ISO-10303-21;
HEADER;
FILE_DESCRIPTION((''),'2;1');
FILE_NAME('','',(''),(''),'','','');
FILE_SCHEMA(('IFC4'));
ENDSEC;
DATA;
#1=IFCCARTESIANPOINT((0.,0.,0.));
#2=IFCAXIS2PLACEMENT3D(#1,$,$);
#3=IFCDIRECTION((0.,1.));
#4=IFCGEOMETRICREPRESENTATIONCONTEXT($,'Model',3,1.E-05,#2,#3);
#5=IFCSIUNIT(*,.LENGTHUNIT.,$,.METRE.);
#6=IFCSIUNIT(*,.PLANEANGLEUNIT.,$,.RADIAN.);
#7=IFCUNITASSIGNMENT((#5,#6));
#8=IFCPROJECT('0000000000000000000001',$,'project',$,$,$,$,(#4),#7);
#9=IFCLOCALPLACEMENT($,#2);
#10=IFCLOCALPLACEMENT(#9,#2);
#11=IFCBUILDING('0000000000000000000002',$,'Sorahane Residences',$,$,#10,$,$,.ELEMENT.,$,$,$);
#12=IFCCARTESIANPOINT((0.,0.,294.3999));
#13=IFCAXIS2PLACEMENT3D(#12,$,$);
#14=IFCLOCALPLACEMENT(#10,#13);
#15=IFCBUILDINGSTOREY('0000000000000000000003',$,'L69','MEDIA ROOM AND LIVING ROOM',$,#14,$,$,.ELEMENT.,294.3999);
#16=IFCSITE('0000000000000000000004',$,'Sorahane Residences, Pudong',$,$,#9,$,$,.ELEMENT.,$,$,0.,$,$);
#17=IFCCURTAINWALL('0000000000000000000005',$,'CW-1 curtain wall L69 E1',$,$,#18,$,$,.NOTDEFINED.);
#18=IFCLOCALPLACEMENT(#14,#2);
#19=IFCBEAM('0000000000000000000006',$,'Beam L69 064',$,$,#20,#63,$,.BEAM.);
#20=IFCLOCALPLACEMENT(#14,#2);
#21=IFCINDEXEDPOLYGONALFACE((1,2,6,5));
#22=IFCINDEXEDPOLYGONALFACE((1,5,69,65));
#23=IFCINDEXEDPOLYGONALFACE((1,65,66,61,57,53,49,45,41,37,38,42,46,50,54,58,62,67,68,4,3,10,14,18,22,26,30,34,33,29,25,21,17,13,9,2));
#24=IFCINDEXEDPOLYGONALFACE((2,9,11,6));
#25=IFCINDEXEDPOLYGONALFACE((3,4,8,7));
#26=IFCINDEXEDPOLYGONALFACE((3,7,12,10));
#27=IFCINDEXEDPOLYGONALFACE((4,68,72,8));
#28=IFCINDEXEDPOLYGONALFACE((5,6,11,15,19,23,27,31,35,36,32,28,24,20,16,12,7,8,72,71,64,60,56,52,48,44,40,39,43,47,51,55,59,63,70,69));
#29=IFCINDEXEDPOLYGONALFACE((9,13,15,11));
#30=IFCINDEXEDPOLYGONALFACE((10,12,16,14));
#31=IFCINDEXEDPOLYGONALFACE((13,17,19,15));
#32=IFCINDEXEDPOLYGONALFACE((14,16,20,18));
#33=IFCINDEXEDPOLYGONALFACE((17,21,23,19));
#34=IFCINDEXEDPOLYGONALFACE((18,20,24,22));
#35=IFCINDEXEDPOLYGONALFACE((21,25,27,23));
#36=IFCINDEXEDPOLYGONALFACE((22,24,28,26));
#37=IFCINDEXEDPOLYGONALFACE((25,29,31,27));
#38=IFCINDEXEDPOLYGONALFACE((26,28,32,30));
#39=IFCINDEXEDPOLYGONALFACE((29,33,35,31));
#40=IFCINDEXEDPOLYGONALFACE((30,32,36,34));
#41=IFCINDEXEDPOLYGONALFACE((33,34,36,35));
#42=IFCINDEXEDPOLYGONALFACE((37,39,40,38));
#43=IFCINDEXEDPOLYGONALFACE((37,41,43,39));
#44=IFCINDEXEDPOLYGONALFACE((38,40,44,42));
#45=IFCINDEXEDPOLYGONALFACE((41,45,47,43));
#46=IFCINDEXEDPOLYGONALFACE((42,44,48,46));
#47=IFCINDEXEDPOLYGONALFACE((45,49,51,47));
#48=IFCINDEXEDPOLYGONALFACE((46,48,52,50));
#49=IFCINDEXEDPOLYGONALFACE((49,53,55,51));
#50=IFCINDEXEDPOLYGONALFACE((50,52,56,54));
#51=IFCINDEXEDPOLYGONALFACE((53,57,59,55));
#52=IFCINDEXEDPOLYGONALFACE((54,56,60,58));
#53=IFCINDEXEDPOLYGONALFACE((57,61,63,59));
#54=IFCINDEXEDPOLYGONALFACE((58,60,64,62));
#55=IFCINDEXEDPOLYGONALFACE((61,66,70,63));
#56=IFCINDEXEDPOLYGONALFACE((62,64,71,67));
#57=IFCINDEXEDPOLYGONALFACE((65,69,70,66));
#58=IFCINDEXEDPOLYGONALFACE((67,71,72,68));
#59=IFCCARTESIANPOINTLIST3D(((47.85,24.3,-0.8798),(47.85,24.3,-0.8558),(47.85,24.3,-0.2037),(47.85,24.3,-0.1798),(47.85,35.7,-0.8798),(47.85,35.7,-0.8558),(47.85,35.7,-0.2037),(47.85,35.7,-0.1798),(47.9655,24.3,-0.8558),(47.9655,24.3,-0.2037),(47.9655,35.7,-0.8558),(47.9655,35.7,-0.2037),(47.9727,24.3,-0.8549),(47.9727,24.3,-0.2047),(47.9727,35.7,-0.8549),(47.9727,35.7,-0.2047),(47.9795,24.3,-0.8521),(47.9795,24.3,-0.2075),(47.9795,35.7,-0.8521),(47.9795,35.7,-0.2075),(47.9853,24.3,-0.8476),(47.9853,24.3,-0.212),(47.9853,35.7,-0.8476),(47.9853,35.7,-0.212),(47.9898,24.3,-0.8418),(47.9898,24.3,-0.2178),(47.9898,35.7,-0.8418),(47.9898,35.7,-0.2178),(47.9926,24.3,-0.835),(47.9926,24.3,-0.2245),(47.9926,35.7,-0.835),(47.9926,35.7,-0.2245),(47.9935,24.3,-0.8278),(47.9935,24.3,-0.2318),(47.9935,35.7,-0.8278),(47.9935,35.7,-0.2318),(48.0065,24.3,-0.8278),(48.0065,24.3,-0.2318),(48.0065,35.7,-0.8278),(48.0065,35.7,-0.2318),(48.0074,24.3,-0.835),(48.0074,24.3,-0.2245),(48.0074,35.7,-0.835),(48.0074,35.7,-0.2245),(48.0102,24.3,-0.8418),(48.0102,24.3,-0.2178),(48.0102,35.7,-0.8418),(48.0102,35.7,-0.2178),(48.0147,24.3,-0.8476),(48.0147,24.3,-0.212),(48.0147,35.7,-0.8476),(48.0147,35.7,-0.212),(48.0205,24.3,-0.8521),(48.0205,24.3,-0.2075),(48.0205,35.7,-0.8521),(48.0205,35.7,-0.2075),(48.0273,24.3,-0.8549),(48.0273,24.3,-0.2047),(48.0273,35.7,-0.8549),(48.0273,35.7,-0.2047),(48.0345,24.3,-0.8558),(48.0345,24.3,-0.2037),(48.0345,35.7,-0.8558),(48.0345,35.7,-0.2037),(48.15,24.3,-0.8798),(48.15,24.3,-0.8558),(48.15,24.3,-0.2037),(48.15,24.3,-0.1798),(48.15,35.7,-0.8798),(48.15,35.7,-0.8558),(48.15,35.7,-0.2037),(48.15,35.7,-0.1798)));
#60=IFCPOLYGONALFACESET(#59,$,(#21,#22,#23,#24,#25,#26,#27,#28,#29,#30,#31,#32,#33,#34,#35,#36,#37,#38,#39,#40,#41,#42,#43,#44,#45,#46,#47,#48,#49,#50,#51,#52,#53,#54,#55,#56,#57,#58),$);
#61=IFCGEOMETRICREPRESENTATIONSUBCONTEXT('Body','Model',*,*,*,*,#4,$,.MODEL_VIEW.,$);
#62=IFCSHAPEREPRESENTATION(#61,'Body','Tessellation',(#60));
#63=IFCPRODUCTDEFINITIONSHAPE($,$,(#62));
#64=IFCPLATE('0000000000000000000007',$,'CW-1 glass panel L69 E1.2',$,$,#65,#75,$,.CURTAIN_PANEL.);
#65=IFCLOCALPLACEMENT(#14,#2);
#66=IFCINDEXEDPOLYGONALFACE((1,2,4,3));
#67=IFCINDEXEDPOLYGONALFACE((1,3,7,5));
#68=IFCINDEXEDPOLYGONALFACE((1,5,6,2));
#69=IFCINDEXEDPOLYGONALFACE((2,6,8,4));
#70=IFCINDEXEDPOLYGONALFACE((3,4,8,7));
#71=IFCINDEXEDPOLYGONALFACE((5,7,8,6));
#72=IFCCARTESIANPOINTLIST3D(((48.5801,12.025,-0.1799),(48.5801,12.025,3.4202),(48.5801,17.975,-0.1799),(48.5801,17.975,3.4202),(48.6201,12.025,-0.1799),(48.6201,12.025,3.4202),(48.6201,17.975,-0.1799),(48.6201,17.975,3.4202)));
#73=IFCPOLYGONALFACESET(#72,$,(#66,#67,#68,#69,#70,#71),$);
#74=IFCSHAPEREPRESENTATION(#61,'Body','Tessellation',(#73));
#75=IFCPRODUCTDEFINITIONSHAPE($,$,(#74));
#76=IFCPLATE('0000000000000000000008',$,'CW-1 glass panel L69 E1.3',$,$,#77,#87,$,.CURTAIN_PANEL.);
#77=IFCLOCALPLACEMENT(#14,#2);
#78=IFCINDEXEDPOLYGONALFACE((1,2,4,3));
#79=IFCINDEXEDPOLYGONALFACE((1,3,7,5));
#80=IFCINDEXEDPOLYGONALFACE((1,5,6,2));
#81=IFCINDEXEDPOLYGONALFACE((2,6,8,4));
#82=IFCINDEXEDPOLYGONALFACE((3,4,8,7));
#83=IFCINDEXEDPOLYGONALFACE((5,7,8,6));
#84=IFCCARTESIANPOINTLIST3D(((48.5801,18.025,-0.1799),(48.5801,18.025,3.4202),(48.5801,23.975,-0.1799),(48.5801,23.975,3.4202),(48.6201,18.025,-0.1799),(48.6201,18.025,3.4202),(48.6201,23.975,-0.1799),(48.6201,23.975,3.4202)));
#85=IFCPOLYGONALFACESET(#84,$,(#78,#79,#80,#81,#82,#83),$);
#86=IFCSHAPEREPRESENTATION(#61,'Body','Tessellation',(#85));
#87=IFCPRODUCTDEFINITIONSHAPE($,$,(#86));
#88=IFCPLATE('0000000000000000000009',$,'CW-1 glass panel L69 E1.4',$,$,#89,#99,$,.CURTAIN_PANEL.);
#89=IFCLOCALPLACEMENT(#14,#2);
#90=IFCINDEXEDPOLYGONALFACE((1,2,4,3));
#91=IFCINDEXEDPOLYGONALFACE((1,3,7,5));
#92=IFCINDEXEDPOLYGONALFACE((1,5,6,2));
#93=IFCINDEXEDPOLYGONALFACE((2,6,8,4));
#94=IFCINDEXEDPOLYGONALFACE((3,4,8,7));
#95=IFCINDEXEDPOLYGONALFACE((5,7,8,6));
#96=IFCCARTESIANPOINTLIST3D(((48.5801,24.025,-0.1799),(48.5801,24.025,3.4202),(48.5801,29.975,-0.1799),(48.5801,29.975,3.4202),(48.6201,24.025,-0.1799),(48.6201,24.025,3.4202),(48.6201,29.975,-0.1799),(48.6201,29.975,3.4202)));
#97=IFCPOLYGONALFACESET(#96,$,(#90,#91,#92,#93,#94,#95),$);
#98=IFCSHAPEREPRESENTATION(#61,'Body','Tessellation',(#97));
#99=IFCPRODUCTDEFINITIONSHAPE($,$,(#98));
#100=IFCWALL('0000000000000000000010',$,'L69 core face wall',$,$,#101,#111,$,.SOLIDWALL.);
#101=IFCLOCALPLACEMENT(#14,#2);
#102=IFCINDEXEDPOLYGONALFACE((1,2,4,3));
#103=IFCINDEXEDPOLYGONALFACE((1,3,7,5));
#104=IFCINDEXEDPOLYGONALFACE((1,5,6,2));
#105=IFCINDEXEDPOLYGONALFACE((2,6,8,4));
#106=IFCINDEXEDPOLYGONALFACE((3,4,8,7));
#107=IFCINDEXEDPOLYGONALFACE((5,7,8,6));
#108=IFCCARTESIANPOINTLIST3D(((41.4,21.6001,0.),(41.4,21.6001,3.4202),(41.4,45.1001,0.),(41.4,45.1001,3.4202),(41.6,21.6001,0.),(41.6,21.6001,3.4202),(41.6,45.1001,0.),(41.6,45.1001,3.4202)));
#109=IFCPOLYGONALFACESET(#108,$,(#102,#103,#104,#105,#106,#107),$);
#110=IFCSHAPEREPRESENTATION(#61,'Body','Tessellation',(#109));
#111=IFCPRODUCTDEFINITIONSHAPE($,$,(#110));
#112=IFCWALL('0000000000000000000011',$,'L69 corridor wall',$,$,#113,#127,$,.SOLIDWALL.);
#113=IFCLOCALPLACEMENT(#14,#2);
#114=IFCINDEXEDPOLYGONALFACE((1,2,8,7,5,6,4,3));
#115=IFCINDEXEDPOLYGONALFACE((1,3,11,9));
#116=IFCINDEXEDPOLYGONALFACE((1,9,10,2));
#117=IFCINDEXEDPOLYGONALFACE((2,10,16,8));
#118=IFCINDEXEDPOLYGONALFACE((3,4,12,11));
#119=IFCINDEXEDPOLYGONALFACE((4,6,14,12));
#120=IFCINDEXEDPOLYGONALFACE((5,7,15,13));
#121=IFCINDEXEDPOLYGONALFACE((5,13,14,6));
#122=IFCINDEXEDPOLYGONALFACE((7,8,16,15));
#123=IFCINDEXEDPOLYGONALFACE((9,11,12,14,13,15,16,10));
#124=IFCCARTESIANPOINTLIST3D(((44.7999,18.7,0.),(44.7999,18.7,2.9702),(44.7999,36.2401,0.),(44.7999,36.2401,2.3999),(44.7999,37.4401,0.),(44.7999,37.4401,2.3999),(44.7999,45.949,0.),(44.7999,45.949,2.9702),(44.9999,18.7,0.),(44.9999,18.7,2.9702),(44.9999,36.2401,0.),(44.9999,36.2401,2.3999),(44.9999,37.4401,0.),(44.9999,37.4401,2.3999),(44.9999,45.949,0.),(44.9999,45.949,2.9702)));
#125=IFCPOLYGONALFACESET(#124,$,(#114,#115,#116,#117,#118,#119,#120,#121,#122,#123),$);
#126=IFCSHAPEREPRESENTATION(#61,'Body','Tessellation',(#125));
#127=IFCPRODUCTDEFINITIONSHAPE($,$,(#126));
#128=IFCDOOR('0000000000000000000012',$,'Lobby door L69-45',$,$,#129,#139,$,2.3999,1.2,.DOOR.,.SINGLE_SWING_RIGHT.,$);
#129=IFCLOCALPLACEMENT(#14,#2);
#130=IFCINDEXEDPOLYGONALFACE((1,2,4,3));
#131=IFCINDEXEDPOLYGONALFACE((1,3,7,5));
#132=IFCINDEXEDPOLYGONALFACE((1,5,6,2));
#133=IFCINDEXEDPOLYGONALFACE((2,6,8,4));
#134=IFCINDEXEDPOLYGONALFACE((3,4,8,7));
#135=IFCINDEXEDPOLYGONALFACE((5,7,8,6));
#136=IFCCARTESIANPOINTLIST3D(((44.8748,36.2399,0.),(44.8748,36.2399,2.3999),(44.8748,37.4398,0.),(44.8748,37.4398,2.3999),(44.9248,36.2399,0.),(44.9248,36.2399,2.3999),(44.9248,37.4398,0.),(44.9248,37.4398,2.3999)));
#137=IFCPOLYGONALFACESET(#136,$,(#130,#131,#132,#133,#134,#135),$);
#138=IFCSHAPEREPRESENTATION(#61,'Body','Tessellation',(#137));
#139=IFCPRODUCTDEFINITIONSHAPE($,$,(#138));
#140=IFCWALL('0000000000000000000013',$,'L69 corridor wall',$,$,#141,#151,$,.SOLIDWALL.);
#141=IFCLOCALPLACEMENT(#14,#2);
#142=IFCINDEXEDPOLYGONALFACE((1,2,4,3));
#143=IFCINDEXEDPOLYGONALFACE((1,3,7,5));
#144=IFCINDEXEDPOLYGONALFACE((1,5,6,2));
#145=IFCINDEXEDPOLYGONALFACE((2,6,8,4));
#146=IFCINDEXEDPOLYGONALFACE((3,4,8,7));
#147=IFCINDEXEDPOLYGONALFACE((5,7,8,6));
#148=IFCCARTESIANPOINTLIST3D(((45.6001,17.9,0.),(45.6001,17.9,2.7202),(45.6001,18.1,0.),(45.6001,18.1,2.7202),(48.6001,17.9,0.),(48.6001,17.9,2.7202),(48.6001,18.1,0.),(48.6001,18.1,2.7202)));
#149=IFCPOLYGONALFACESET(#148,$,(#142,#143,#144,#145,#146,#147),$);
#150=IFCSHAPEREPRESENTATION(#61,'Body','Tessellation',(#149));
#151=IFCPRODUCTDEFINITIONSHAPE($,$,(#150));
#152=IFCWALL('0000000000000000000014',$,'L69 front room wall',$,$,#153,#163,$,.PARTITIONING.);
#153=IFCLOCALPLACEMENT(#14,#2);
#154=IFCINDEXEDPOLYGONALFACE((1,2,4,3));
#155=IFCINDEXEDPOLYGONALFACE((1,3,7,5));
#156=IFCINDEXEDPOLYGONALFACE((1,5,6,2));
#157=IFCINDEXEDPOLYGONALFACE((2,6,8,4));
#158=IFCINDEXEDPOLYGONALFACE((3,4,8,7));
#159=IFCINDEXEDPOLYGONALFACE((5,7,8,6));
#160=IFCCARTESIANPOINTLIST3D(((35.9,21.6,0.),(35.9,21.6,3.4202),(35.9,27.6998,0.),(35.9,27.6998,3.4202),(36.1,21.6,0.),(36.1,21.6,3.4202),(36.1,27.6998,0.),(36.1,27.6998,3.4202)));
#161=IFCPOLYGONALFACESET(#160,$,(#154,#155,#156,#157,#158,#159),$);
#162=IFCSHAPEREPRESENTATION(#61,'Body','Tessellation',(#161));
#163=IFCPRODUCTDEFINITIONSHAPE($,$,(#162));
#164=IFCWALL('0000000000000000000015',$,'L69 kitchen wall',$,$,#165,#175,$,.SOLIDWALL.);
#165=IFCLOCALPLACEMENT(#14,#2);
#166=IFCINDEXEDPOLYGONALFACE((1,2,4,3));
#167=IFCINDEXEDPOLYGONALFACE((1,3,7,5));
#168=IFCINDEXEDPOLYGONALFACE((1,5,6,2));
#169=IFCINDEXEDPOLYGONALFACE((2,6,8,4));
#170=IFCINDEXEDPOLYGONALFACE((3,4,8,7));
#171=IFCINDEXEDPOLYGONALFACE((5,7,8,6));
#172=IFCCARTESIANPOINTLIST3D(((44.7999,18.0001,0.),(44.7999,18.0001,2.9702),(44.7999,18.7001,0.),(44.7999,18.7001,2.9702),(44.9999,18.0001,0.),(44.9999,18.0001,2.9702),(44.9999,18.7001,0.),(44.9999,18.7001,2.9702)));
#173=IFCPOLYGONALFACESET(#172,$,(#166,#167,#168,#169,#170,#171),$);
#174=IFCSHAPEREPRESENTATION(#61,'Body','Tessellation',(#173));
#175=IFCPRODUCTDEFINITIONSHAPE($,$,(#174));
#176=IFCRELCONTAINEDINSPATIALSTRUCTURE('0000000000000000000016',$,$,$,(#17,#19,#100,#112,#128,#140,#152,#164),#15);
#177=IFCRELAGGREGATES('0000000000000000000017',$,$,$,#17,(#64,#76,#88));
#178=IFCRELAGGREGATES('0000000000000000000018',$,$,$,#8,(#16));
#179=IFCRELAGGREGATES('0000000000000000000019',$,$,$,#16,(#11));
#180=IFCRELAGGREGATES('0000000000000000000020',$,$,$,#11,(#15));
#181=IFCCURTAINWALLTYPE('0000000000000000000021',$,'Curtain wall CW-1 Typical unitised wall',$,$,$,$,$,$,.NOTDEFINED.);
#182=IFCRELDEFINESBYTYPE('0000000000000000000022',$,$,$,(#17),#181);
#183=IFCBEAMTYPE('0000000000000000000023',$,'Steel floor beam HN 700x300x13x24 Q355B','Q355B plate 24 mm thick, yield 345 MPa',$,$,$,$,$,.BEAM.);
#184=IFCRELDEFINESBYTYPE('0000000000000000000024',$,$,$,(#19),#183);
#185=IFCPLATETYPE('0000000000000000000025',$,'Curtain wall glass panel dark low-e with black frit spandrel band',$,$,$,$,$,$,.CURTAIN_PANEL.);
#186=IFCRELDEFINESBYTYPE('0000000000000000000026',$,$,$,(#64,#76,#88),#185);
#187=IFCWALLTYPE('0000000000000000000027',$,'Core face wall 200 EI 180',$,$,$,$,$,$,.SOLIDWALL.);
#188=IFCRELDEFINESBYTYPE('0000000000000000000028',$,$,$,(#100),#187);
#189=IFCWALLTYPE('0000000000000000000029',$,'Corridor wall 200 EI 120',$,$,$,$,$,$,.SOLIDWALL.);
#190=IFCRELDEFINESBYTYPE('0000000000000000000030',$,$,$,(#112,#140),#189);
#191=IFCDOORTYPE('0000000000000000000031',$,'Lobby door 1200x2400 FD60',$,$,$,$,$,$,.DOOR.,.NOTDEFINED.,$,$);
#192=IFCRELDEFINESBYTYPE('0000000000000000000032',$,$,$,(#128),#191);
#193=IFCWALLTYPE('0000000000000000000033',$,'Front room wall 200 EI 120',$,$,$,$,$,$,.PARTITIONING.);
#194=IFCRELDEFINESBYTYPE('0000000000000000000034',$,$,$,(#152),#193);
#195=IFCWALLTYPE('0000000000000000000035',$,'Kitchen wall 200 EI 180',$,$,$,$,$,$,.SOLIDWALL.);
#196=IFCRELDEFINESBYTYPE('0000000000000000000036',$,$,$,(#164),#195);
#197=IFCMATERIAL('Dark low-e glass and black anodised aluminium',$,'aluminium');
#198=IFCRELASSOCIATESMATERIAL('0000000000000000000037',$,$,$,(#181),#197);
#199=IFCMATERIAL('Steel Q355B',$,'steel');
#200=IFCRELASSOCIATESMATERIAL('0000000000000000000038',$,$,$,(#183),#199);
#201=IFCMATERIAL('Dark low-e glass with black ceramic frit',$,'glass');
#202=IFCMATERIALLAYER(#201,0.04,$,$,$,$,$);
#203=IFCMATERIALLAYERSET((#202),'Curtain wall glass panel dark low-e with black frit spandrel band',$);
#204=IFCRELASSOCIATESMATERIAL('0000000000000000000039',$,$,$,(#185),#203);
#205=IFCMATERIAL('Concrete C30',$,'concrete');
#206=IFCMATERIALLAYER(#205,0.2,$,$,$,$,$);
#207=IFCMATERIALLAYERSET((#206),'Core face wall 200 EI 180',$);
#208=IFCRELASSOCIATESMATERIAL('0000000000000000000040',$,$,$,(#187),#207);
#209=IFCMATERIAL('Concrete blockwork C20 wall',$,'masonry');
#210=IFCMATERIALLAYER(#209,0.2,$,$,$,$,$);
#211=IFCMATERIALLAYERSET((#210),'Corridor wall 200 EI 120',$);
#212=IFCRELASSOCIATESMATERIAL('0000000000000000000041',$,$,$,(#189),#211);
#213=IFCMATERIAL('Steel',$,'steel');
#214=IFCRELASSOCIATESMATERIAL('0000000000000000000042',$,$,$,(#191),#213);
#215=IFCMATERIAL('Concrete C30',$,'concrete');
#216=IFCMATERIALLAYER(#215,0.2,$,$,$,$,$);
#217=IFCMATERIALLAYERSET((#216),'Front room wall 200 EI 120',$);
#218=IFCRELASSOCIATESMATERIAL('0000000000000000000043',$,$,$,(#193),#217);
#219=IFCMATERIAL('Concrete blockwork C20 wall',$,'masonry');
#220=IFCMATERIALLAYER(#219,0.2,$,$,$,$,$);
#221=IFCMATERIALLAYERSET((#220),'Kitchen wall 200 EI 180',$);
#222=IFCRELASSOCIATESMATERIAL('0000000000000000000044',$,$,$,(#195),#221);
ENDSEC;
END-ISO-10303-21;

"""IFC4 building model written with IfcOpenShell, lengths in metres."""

from ifc_helpers import new_model, si_unit, direction, frame, frame_2d, origin, origin_2d, place, context, subcontext, project, spatial, rectangle, i_section, extrude, material, layer, layer_set, material_profile, profile_set, type_object, element, fill, aggregate, save


model = new_model("IFC4")

# Units and contexts
model_context = context("Model", 3, precision=1e-05, world=origin(), true_north=direction((0.0, 1.0)))
body_context = subcontext(model_context, "Body", "Model", "MODEL_VIEW")
ifc_project = project(units=[si_unit("LENGTHUNIT", "METRE"), si_unit("PLANEANGLEUNIT", "RADIAN")], contexts=[model_context])

# Site, building, storey
site_placement = place(None, origin())
site = spatial("IfcSite", under=ifc_project, at=site_placement, Name="Sorahane Residences, Pudong", CompositionType="ELEMENT", RefElevation=0.0)
building_placement = place(site_placement, origin())
building = spatial("IfcBuilding", under=site, at=building_placement, Name="Sorahane Residences", CompositionType="ELEMENT")
storey_placement = place(building_placement, frame((0.0, 0.0, 294.3999)))
storey = spatial("IfcBuildingStorey", under=building, at=storey_placement, Name="L69", Description="MEDIA ROOM AND LIVING ROOM", CompositionType="ELEMENT", Elevation=294.3999)

# Curtain wall
ifc_material_1 = material(Name="Dark low-e glass and black anodised aluminium", Category="aluminium")
curtain_wall_type = type_object("IfcCurtainWallType", Name="Curtain wall CW-1 Typical unitised wall", PredefinedType="NOTDEFINED", material=ifc_material_1)
curtain_wall_placement = place(storey_placement, origin())
curtain_wall = element("IfcCurtainWall", 1, at=curtain_wall_placement, inside=storey, type_object=curtain_wall_type, Name="CW-1 curtain wall L69 E1", PredefinedType="NOTDEFINED")

# Beam
ifc_material_2 = material(Name="Steel Q355B", Category="steel")
ifc_material_profile_1 = material_profile(ifc_material_2, i_section(OverallWidth=0.3, OverallDepth=0.7, WebThickness=0.0129, FlangeThickness=0.0239, FilletRadius=0.0281, at=origin_2d()), Name="HN 700x300x13x24")
ifc_profile_set_1 = profile_set([ifc_material_profile_1], Name="Steel Q355B")
beam_type_1 = type_object("IfcBeamType", Name="Steel floor beam HN 700x300x13x24 Q355B", Description="Q355B plate 24 mm thick, yield 345 MPa", PredefinedType="BEAM", material=ifc_profile_set_1)
beam_1_placement = place(storey_placement, frame((48.0, 24.3, -0.5298), z_axis=(0.0, 1.0, 0.0), x_axis=(-1.0, 0.0, 0.0)))
element("IfcBeam", 2, at=beam_1_placement, inside=storey, type_object=beam_type_1, Name="Beam L69 064", PredefinedType="BEAM", context=body_context, shape_type="SweptSolid", body=[
    extrude(i_section(OverallWidth=0.3, OverallDepth=0.7, WebThickness=0.0129, FlangeThickness=0.0239, FilletRadius=0.0281, at=origin_2d()), origin(), (0.0, 0.0, 1.0), 11.3999),
])

# Plates
ifc_material_3 = material(Name="Dark low-e glass with black ceramic frit", Category="glass")
ifc_layer_1 = layer(ifc_material_3, 0.04)
ifc_layer_set_1 = layer_set([ifc_layer_1], Name="Curtain wall glass panel dark low-e with black frit spandrel band")
plate_type = type_object("IfcPlateType", Name="Curtain wall glass panel dark low-e with black frit spandrel band", PredefinedType="CURTAIN_PANEL", material=ifc_layer_set_1)
plate_1_placement = place(storey_placement, frame((48.6001, 15.0, -0.1799), z_axis=(0.0, 0.0, 1.0), x_axis=(0.0, 1.0, 0.0)))
plate_1 = element("IfcPlate", 3, at=plate_1_placement, type_object=plate_type, Name="CW-1 glass panel L69 E1.2", PredefinedType="CURTAIN_PANEL", context=body_context, shape_type="SweptSolid", body=[
    extrude(rectangle(XDim=5.95, YDim=0.04, at=origin_2d()), origin(), (0.0, 0.0, 1.0), 3.6001),
])
plate_2_placement = place(storey_placement, frame((48.6001, 21.0, -0.1799), z_axis=(0.0, 0.0, 1.0), x_axis=(0.0, 1.0, 0.0)))
plate_2 = element("IfcPlate", 4, at=plate_2_placement, type_object=plate_type, Name="CW-1 glass panel L69 E1.3", PredefinedType="CURTAIN_PANEL", context=body_context, shape_type="SweptSolid", body=[
    extrude(rectangle(XDim=5.95, YDim=0.04, at=origin_2d()), origin(), (0.0, 0.0, 1.0), 3.6001),
])
plate_3_placement = place(storey_placement, frame((48.6001, 27.0, -0.1799), z_axis=(0.0, 0.0, 1.0), x_axis=(0.0, 1.0, 0.0)))
plate_3 = element("IfcPlate", 5, at=plate_3_placement, type_object=plate_type, Name="CW-1 glass panel L69 E1.4", PredefinedType="CURTAIN_PANEL", context=body_context, shape_type="SweptSolid", body=[
    extrude(rectangle(XDim=5.95, YDim=0.04, at=origin_2d()), origin(), (0.0, 0.0, 1.0), 3.6001),
])
aggregate(curtain_wall, [plate_1, plate_2, plate_3])

# Wall
ifc_material_4 = material(Name="Concrete C30", Category="concrete")
ifc_layer_2 = layer(ifc_material_4, 0.2)
ifc_layer_set_2 = layer_set([ifc_layer_2], Name="Core face wall 200 EI 180")
wall_type_1 = type_object("IfcWallType", Name="Core face wall 200 EI 180", PredefinedType="SOLIDWALL", material=ifc_layer_set_2)
wall_1_placement = place(storey_placement, frame((41.5, 21.6001, 0.0), z_axis=(0.0, 0.0, 1.0), x_axis=(0.0, 1.0, 0.0)))
element("IfcWall", 6, at=wall_1_placement, inside=storey, type_object=wall_type_1, Name="L69 core face wall", PredefinedType="SOLIDWALL", context=body_context, shape_type="SweptSolid", body=[
    extrude(rectangle(XDim=23.5, YDim=0.2, at=frame_2d((11.75, 0.0))), origin(), (0.0, 0.0, 1.0), 3.4202),
])

# Wall, opening, door
ifc_material_5 = material(Name="Concrete blockwork C20 wall", Category="masonry")
ifc_layer_3 = layer(ifc_material_5, 0.2)
ifc_layer_set_3 = layer_set([ifc_layer_3], Name="Corridor wall 200 EI 120")
wall_type_2 = type_object("IfcWallType", Name="Corridor wall 200 EI 120", PredefinedType="SOLIDWALL", material=ifc_layer_set_3)
wall_2_placement = place(storey_placement, frame((44.8999, 18.7, 0.0), z_axis=(0.0, 0.0, 1.0), x_axis=(0.0, 1.0, 0.0)))
wall_2 = element("IfcWall", 7, at=wall_2_placement, inside=storey, type_object=wall_type_2, Name="L69 corridor wall", PredefinedType="SOLIDWALL", context=body_context, shape_type="SweptSolid", body=[
    extrude(rectangle(XDim=27.249, YDim=0.2, at=frame_2d((13.6245, 0.0))), origin(), (0.0, 0.0, 1.0), 2.9702),
])
opening_1_placement = place(wall_2_placement, frame((17.54, 0.0, 0.0)))
opening_1 = element("IfcOpeningElement", 8, at=opening_1_placement, cuts=wall_2, PredefinedType="OPENING", context=body_context, shape_type="SweptSolid", body=[
    extrude(rectangle(XDim=1.2, YDim=2.3999, at=frame_2d((0.6001, 1.2))), frame((0.0, 0.1099, 0.0), z_axis=(0.0, -1.0, 0.0), x_axis=(1.0, 0.0, 0.0)), (0.0, 0.0, 1.0), 0.22),
])
ifc_material_6 = material(Name="Steel", Category="steel")
door_type_1 = type_object("IfcDoorType", Name="Lobby door 1200x2400 FD60", OperationType="NOTDEFINED", PredefinedType="DOOR", material=ifc_material_6)
door_1_placement = place(opening_1_placement, frame((1.2, 0.0, 0.0), z_axis=(0.0, 0.0, 1.0), x_axis=(-1.0, 0.0, 0.0)))
door_1 = element("IfcDoor", 9, at=door_1_placement, inside=storey, type_object=door_type_1, Name="Lobby door L69-45", OperationType="SINGLE_SWING_RIGHT", OverallHeight=2.3999, OverallWidth=1.2, PredefinedType="DOOR", context=body_context, shape_type="SweptSolid", body=[
    extrude(rectangle(XDim=1.2, YDim=2.3999, at=frame_2d((0.6001, 1.2))), frame((0.0, 0.0249, 0.0), z_axis=(0.0, -1.0, 0.0), x_axis=(1.0, 0.0, 0.0)), (0.0, 0.0, 1.0), 0.05),
])
fill(opening_1, door_1)

# Walls
wall_3_placement = place(storey_placement, frame((45.6001, 18.0, 0.0), z_axis=(0.0, 0.0, 1.0), x_axis=(1.0, 0.0, 0.0)))
element("IfcWall", 10, at=wall_3_placement, inside=storey, type_object=wall_type_2, Name="L69 corridor wall", PredefinedType="SOLIDWALL", context=body_context, shape_type="SweptSolid", body=[
    extrude(rectangle(XDim=3.0, YDim=0.2, at=frame_2d((1.5, 0.0))), origin(), (0.0, 0.0, 1.0), 2.7202),
])
ifc_material_7 = material(Name="Concrete C30", Category="concrete")
ifc_layer_4 = layer(ifc_material_7, 0.2)
ifc_layer_set_4 = layer_set([ifc_layer_4], Name="Front room wall 200 EI 120")
wall_type_3 = type_object("IfcWallType", Name="Front room wall 200 EI 120", PredefinedType="PARTITIONING", material=ifc_layer_set_4)
wall_4_placement = place(storey_placement, frame((36.0, 21.6001, 0.0), z_axis=(0.0, 0.0, 1.0), x_axis=(0.0, 1.0, 0.0)))
element("IfcWall", 11, at=wall_4_placement, inside=storey, type_object=wall_type_3, Name="L69 front room wall", PredefinedType="PARTITIONING", context=body_context, shape_type="SweptSolid", body=[
    extrude(rectangle(XDim=6.0999, YDim=0.2, at=frame_2d((3.0498, 0.0))), origin(), (0.0, 0.0, 1.0), 3.4202),
])
ifc_material_8 = material(Name="Concrete blockwork C20 wall", Category="masonry")
ifc_layer_5 = layer(ifc_material_8, 0.2)
ifc_layer_set_5 = layer_set([ifc_layer_5], Name="Kitchen wall 200 EI 180")
wall_type_4 = type_object("IfcWallType", Name="Kitchen wall 200 EI 180", PredefinedType="SOLIDWALL", material=ifc_layer_set_5)
wall_5_placement = place(storey_placement, frame((44.8999, 18.0, 0.0), z_axis=(0.0, 0.0, 1.0), x_axis=(0.0, 1.0, 0.0)))
element("IfcWall", 12, at=wall_5_placement, inside=storey, type_object=wall_type_4, Name="L69 kitchen wall", PredefinedType="SOLIDWALL", context=body_context, shape_type="SweptSolid", body=[
    extrude(rectangle(XDim=0.7, YDim=0.2, at=frame_2d((0.3501, 0.0))), origin(), (0.0, 0.0, 1.0), 2.9702),
])

save(model, "model.ifc")
